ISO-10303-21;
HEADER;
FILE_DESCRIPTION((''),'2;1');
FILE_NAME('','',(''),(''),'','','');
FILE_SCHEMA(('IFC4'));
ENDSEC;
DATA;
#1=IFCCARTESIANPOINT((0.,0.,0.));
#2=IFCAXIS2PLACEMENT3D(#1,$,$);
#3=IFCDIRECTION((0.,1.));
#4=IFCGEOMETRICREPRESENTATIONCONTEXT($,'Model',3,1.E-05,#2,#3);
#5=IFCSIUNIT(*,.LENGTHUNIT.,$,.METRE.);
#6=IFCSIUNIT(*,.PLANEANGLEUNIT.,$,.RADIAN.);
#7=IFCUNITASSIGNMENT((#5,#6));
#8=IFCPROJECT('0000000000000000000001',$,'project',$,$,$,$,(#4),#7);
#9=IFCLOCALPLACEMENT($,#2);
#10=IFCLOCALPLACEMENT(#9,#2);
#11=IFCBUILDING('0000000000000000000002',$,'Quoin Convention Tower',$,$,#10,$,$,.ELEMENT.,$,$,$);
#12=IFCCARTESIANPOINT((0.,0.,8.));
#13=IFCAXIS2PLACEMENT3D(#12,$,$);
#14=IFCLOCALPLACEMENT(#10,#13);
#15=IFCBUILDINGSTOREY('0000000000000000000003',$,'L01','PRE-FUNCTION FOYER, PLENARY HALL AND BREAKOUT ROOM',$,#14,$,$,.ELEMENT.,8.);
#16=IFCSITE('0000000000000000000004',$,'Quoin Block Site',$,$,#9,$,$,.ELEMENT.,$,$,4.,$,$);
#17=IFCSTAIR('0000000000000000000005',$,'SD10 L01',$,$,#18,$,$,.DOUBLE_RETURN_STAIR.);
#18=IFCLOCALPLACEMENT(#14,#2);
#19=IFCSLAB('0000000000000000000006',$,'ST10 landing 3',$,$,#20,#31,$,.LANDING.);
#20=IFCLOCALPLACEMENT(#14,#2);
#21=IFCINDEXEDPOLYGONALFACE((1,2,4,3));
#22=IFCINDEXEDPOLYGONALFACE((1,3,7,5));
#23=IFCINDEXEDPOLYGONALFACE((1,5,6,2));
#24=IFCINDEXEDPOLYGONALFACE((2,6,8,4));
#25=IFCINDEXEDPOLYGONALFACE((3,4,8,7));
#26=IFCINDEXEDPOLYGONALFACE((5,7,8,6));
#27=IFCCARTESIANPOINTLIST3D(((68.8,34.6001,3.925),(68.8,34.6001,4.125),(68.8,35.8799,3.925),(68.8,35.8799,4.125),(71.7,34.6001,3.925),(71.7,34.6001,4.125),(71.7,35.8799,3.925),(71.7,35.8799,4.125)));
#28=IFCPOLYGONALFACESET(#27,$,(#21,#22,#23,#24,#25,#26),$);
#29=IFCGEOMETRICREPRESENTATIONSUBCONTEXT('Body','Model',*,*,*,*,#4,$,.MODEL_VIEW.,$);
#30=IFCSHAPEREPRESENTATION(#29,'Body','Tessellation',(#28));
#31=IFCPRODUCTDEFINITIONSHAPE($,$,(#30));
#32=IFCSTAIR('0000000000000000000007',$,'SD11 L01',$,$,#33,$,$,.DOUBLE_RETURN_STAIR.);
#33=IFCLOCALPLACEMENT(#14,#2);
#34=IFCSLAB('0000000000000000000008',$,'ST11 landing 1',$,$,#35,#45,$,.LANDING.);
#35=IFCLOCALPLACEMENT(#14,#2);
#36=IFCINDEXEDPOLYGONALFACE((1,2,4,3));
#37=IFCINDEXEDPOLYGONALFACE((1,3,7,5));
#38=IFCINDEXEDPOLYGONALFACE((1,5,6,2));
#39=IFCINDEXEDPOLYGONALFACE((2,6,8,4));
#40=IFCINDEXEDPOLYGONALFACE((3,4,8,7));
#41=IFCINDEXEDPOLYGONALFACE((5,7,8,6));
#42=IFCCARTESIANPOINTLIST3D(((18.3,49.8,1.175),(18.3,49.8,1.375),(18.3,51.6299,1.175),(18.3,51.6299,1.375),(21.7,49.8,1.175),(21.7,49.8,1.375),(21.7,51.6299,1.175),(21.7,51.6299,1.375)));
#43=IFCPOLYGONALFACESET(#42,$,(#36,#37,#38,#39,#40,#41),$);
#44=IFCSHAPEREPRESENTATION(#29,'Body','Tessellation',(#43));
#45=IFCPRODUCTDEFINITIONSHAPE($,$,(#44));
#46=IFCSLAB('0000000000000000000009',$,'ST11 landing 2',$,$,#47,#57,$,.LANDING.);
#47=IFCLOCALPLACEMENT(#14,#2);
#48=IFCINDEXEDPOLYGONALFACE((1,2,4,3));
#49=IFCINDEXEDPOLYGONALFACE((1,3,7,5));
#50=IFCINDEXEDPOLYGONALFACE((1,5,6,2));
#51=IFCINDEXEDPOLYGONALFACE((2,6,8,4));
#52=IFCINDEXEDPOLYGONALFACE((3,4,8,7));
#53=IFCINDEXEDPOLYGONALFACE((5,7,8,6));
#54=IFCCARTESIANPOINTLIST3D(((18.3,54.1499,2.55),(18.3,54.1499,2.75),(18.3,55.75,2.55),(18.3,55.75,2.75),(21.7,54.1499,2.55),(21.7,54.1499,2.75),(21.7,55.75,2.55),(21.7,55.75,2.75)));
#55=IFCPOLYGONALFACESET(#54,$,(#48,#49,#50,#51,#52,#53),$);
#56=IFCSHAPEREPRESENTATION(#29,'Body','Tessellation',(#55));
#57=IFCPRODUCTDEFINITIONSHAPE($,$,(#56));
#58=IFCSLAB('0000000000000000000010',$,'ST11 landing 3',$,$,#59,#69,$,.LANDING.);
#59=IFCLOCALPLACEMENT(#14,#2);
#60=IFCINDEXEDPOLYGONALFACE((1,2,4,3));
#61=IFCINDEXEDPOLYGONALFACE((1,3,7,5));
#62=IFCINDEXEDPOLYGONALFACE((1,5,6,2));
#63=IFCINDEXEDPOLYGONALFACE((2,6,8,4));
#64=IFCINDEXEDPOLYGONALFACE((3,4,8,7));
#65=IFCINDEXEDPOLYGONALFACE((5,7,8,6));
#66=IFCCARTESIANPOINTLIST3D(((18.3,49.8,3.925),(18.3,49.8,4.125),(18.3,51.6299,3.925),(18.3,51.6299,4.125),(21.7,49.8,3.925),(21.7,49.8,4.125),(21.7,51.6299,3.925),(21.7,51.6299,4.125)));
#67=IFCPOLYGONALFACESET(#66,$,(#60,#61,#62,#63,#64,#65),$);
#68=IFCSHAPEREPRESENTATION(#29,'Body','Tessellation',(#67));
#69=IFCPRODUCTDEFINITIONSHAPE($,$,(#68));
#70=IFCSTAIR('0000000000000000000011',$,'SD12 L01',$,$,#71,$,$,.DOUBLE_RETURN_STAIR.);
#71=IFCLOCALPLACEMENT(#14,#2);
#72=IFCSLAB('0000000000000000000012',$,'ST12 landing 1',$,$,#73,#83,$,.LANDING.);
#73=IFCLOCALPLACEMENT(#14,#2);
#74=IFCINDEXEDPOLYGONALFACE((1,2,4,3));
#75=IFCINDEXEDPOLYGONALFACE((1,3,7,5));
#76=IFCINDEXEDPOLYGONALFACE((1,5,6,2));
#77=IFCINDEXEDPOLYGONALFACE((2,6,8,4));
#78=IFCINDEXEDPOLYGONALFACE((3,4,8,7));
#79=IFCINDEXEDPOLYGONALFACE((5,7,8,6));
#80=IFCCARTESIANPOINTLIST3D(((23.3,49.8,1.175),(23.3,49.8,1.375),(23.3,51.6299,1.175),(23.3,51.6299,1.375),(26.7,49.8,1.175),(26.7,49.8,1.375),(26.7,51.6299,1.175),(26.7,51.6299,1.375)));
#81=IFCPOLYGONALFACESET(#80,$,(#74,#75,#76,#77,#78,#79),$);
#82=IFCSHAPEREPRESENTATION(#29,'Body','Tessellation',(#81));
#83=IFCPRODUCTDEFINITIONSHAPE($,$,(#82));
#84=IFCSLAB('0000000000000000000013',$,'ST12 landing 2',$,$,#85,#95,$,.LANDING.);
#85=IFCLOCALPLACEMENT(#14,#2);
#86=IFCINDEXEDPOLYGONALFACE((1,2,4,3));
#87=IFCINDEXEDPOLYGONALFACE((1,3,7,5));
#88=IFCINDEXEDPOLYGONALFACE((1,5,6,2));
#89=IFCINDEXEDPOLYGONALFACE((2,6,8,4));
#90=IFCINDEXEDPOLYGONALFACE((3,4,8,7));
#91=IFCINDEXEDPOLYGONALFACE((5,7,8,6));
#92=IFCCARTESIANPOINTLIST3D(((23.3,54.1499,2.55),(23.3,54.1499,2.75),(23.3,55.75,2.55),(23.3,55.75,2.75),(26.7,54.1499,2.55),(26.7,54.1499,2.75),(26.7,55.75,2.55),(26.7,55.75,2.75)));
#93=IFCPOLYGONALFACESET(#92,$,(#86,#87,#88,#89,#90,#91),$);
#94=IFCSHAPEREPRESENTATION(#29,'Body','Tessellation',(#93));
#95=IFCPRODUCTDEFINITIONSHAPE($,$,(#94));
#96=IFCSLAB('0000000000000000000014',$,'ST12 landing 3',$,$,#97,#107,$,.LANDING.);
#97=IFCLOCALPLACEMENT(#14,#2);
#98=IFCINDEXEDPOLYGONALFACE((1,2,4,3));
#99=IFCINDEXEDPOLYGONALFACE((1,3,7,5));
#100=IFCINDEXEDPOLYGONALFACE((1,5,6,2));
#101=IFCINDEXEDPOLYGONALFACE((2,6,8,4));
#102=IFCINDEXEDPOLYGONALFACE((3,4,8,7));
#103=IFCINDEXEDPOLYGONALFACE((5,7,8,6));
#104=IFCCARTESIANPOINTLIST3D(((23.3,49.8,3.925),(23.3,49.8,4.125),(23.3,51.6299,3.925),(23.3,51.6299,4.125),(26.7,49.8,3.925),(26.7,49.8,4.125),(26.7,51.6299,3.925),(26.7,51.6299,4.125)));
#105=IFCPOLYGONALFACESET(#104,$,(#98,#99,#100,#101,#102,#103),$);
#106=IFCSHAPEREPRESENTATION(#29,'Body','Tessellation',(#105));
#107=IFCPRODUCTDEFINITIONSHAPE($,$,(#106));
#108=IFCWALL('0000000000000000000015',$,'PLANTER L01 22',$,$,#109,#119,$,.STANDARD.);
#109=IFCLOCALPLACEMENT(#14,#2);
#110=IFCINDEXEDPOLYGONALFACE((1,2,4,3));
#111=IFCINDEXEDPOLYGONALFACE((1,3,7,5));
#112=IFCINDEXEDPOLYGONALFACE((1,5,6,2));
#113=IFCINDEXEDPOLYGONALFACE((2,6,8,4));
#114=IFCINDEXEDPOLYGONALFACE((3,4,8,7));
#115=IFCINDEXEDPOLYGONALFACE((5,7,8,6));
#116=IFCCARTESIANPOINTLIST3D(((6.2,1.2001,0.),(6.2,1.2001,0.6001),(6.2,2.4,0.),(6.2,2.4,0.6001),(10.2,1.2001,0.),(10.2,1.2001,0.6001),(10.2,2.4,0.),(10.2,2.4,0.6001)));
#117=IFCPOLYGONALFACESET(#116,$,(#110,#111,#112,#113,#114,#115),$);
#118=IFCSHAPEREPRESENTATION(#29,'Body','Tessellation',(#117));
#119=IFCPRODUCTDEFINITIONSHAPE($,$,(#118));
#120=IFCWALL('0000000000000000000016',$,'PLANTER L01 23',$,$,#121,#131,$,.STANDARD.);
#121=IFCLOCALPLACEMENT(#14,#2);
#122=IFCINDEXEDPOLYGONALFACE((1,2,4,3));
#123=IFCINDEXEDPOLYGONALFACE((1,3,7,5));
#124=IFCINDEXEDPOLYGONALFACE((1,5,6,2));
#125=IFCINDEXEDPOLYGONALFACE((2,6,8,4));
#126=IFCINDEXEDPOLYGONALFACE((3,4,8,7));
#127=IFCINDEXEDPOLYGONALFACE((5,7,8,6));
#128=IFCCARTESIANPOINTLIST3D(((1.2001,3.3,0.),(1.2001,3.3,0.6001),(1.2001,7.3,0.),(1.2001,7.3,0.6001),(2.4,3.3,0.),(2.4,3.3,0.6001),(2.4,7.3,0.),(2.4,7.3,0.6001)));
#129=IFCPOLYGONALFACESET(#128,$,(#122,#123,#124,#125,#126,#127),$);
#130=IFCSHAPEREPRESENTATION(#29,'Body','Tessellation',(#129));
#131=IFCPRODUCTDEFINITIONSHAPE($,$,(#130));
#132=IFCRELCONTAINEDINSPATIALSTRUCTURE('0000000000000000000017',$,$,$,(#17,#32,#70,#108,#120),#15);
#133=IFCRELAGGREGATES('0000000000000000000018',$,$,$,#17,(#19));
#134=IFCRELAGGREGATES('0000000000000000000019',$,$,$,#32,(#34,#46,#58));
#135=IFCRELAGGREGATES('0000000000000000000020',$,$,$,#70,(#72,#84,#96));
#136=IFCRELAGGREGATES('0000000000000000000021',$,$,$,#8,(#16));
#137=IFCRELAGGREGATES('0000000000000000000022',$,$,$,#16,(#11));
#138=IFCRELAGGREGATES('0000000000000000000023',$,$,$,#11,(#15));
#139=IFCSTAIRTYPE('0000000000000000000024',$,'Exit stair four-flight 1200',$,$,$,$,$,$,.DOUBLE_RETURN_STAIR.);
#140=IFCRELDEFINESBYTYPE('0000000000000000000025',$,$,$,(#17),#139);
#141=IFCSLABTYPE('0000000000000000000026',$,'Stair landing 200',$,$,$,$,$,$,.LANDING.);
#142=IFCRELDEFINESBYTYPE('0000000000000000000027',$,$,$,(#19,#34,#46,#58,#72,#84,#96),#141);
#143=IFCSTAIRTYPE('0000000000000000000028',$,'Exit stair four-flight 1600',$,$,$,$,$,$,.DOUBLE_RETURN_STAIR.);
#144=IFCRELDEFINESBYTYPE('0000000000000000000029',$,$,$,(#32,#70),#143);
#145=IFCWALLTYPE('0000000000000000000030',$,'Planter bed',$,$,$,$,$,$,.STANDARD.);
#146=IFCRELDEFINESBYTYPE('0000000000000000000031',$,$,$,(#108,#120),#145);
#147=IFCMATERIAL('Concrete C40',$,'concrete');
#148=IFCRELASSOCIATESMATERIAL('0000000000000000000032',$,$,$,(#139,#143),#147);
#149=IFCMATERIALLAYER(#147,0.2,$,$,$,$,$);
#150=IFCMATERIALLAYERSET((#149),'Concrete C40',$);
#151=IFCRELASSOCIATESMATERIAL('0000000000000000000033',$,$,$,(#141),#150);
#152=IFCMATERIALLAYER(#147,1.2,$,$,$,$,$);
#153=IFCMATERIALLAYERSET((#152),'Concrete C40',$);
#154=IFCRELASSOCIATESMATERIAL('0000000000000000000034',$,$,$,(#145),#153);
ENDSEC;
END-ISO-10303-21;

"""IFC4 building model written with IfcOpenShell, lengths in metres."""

from ifc_helpers import new_model, si_unit, direction, frame, frame_2d, origin, place, context, subcontext, project, spatial, polyline, rectangle, outline, extrude, material, layer, layer_set, type_object, element, aggregate, save


model = new_model("IFC4")

# Units and contexts
model_context = context("Model", 3, precision=1e-05, world=origin(), true_north=direction((0.0, 1.0)))
body_context = subcontext(model_context, "Body", "Model", "MODEL_VIEW")
ifc_project = project(units=[si_unit("LENGTHUNIT", "METRE"), si_unit("PLANEANGLEUNIT", "RADIAN")], contexts=[model_context])

# Site, building, storey
site_placement = place(None, origin())
site = spatial("IfcSite", under=ifc_project, at=site_placement, Name="Quoin Block Site", CompositionType="ELEMENT", RefElevation=4.0)
building_placement = place(site_placement, origin())
building = spatial("IfcBuilding", under=site, at=building_placement, Name="Quoin Convention Tower", CompositionType="ELEMENT")
storey_placement = place(building_placement, frame((0.0, 0.0, 8.0)))
storey = spatial("IfcBuildingStorey", under=building, at=storey_placement, Name="L01", Description="PRE-FUNCTION FOYER, PLENARY HALL AND BREAKOUT ROOM", CompositionType="ELEMENT", Elevation=8.0)

# Stairs, slabs
ifc_material_1 = material(Name="Concrete C40", Category="concrete")
stair_type_1 = type_object("IfcStairType", Name="Exit stair four-flight 1200", PredefinedType="DOUBLE_RETURN_STAIR", material=ifc_material_1)
stair_1_placement = place(storey_placement, origin())
stair_1 = element("IfcStair", 1, at=stair_1_placement, inside=storey, type_object=stair_type_1, Name="SD10 L01", PredefinedType="DOUBLE_RETURN_STAIR")
ifc_layer_1 = layer(ifc_material_1, 0.2)
ifc_layer_set_1 = layer_set([ifc_layer_1], Name="Concrete C40")
slab_type = type_object("IfcSlabType", Name="Stair landing 200", PredefinedType="LANDING", material=ifc_layer_set_1)
slab_1_placement = place(storey_placement, frame((0.0, 0.0, 3.925)))
slab_1 = element("IfcSlab", 2, at=slab_1_placement, type_object=slab_type, Name="ST10 landing 3", PredefinedType="LANDING", context=body_context, shape_type="SweptSolid", body=[
    extrude(outline(polyline([(71.7, 35.8799), (68.8, 35.8799), (68.8, 34.6001), (71.7, 34.6001), (71.7, 35.8799)])), origin(), (0.0, 0.0, 1.0), 0.2),
])
aggregate(stair_1, [slab_1])
stair_type_2 = type_object("IfcStairType", Name="Exit stair four-flight 1600", PredefinedType="DOUBLE_RETURN_STAIR", material=ifc_material_1)
stair_2_placement = place(storey_placement, origin())
stair_2 = element("IfcStair", 3, at=stair_2_placement, inside=storey, type_object=stair_type_2, Name="SD11 L01", PredefinedType="DOUBLE_RETURN_STAIR")
slab_2_placement = place(storey_placement, frame((0.0, 0.0, 1.175)))
slab_2 = element("IfcSlab", 4, at=slab_2_placement, type_object=slab_type, Name="ST11 landing 1", PredefinedType="LANDING", context=body_context, shape_type="SweptSolid", body=[
    extrude(outline(polyline([(21.7, 51.6299), (18.3, 51.6299), (18.3, 49.8), (21.7, 49.8), (21.7, 51.6299)])), origin(), (0.0, 0.0, 1.0), 0.2),
])
slab_3_placement = place(storey_placement, frame((0.0, 0.0, 2.55)))
slab_3 = element("IfcSlab", 5, at=slab_3_placement, type_object=slab_type, Name="ST11 landing 2", PredefinedType="LANDING", context=body_context, shape_type="SweptSolid", body=[
    extrude(outline(polyline([(21.7, 55.75), (18.3, 55.75), (18.3, 54.1499), (21.7, 54.1499), (21.7, 55.75)])), origin(), (0.0, 0.0, 1.0), 0.2),
])
slab_4_placement = place(storey_placement, frame((0.0, 0.0, 3.925)))
slab_4 = element("IfcSlab", 6, at=slab_4_placement, type_object=slab_type, Name="ST11 landing 3", PredefinedType="LANDING", context=body_context, shape_type="SweptSolid", body=[
    extrude(outline(polyline([(21.7, 51.6299), (18.3, 51.6299), (18.3, 49.8), (21.7, 49.8), (21.7, 51.6299)])), origin(), (0.0, 0.0, 1.0), 0.2),
])
aggregate(stair_2, [slab_2, slab_3, slab_4])
stair_3_placement = place(storey_placement, origin())
stair_3 = element("IfcStair", 7, at=stair_3_placement, inside=storey, type_object=stair_type_2, Name="SD12 L01", PredefinedType="DOUBLE_RETURN_STAIR")
slab_5_placement = place(storey_placement, frame((0.0, 0.0, 1.175)))
slab_5 = element("IfcSlab", 8, at=slab_5_placement, type_object=slab_type, Name="ST12 landing 1", PredefinedType="LANDING", context=body_context, shape_type="SweptSolid", body=[
    extrude(outline(polyline([(26.7, 51.6299), (23.3, 51.6299), (23.3, 49.8), (26.7, 49.8), (26.7, 51.6299)])), origin(), (0.0, 0.0, 1.0), 0.2),
])
slab_6_placement = place(storey_placement, frame((0.0, 0.0, 2.55)))
slab_6 = element("IfcSlab", 9, at=slab_6_placement, type_object=slab_type, Name="ST12 landing 2", PredefinedType="LANDING", context=body_context, shape_type="SweptSolid", body=[
    extrude(outline(polyline([(26.7, 55.75), (23.3, 55.75), (23.3, 54.1499), (26.7, 54.1499), (26.7, 55.75)])), origin(), (0.0, 0.0, 1.0), 0.2),
])
slab_7_placement = place(storey_placement, frame((0.0, 0.0, 3.925)))
slab_7 = element("IfcSlab", 10, at=slab_7_placement, type_object=slab_type, Name="ST12 landing 3", PredefinedType="LANDING", context=body_context, shape_type="SweptSolid", body=[
    extrude(outline(polyline([(26.7, 51.6299), (23.3, 51.6299), (23.3, 49.8), (26.7, 49.8), (26.7, 51.6299)])), origin(), (0.0, 0.0, 1.0), 0.2),
])
aggregate(stair_3, [slab_5, slab_6, slab_7])

# Walls
ifc_layer_2 = layer(ifc_material_1, 1.2)
ifc_layer_set_2 = layer_set([ifc_layer_2], Name="Concrete C40")
wall_type = type_object("IfcWallType", Name="Planter bed", PredefinedType="STANDARD", material=ifc_layer_set_2)
for number, where, z_axis, x_axis, name in (
    (11, (10.2, 1.8, 0.0), (0.0, 0.0, 1.0), (-1.0, 0.0, 0.0), "PLANTER L01 22"),
    (12, (1.8, 3.3, 0.0), (0.0, 0.0, 1.0), (0.0, 1.0, 0.0), "PLANTER L01 23"),
):
    element("IfcWall", number, at=place(storey_placement, frame(where, z_axis=z_axis, x_axis=x_axis)), inside=storey, type_object=wall_type, Name=name, PredefinedType="STANDARD", context=body_context, shape_type="SweptSolid", body=[
        extrude(rectangle(XDim=4.0, YDim=1.2, at=frame_2d((2.0, 0.0))), origin(), (0.0, 0.0, 1.0), 0.6001),
    ])

save(model, "model.ifc")
